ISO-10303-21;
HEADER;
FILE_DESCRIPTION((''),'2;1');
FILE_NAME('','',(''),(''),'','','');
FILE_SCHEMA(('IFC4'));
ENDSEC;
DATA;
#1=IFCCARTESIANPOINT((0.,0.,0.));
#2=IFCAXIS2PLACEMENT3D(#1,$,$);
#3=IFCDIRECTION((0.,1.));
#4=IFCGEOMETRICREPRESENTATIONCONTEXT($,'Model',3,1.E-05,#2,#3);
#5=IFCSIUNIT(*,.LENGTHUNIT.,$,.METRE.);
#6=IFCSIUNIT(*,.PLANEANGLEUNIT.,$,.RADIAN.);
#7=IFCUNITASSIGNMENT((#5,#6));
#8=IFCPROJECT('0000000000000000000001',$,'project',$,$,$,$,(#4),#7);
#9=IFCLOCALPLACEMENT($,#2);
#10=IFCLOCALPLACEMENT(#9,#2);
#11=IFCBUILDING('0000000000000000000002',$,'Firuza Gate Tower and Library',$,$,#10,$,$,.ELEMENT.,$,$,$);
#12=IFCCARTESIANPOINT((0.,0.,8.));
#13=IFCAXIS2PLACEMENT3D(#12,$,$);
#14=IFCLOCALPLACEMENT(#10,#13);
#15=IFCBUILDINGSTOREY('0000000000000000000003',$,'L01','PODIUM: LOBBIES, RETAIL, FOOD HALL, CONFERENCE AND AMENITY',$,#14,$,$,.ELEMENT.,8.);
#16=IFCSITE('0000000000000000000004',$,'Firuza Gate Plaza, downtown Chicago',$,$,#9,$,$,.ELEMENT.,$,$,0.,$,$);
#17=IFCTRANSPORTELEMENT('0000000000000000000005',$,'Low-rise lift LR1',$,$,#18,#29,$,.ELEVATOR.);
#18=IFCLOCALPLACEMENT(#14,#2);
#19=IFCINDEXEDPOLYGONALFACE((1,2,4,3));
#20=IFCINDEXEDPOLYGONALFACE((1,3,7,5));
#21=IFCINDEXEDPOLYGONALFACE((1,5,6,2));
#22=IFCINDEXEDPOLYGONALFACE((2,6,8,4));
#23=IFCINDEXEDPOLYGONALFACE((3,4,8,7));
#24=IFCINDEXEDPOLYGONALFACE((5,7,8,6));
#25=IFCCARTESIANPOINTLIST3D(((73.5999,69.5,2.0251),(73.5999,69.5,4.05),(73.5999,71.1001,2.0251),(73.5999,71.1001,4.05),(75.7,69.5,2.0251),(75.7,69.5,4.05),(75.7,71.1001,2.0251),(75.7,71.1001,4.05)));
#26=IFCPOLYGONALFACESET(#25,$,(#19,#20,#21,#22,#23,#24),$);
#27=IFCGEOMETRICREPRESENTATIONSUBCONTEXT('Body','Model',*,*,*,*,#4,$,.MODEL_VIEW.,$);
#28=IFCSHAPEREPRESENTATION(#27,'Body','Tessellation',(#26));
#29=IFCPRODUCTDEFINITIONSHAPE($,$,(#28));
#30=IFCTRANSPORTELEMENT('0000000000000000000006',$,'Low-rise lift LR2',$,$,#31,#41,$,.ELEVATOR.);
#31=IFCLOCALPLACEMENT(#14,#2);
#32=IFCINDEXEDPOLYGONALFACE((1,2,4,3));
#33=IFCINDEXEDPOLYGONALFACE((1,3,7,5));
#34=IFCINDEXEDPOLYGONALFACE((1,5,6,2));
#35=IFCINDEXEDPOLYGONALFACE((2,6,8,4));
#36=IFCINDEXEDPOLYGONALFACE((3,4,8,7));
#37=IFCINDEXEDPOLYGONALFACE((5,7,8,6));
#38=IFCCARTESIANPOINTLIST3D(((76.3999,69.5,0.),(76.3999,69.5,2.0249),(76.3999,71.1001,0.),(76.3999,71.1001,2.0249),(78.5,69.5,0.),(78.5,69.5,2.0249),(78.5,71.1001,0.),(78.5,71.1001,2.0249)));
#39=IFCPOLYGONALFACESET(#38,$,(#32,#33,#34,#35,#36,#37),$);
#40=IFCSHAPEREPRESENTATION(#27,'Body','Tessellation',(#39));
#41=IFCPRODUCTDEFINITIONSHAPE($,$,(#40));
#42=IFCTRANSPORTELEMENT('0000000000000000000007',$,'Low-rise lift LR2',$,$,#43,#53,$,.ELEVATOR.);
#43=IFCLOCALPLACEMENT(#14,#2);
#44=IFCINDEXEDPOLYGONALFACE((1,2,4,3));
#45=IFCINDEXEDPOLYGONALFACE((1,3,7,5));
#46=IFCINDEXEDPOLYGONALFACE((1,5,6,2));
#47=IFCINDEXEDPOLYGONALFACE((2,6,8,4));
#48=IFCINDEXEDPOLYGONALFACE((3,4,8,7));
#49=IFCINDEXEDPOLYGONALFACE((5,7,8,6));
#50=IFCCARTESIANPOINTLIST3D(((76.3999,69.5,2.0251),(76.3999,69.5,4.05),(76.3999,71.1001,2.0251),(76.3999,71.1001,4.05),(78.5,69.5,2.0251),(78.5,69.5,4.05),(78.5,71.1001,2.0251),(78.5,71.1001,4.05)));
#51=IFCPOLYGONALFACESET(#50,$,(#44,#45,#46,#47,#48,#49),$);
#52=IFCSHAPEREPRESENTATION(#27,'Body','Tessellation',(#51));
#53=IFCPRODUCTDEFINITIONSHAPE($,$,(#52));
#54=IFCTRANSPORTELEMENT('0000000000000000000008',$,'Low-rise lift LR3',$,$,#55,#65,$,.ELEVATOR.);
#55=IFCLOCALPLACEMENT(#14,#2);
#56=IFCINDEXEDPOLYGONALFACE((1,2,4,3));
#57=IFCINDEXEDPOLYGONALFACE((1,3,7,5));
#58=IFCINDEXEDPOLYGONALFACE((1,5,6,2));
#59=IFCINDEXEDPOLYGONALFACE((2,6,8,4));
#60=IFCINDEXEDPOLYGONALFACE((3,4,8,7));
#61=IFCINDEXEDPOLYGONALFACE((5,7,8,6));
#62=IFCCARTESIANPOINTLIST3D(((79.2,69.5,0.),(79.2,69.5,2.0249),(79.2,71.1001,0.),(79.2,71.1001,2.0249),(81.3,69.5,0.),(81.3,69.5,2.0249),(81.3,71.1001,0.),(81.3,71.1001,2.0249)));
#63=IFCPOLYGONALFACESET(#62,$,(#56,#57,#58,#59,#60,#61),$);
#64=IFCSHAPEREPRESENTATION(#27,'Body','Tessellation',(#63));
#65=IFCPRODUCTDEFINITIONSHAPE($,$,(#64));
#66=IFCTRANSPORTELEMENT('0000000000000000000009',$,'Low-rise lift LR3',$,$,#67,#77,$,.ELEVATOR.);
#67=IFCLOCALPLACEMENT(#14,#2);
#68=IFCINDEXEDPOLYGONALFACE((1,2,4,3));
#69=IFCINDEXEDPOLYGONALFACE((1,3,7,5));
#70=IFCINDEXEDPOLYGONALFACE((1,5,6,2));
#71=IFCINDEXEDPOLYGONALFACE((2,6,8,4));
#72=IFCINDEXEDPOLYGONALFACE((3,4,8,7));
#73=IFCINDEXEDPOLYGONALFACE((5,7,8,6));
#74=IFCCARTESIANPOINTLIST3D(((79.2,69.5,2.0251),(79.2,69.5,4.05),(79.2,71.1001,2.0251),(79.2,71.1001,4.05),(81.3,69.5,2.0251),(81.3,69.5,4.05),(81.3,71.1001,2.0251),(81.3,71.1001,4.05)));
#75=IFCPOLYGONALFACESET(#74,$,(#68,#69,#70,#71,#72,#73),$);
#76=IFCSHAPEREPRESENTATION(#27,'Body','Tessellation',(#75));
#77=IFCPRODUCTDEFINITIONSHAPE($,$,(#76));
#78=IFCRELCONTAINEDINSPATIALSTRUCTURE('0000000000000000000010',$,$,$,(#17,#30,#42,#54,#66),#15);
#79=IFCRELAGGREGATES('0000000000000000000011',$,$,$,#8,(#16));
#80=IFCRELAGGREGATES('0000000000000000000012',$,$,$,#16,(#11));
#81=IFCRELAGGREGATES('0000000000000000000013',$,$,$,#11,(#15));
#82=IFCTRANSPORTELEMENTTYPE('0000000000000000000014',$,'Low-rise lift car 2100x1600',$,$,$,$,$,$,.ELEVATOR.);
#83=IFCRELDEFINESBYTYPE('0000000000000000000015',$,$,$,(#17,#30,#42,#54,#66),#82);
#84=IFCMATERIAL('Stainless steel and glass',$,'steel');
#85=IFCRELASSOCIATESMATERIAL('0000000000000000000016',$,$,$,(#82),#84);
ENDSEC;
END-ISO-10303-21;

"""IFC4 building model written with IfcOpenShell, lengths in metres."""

from ifc_helpers import new_model, si_unit, direction, frame, origin, origin_2d, place, context, subcontext, project, spatial, rectangle, extrude, material, type_object, element, save


model = new_model("IFC4")

# Units and contexts
model_context = context("Model", 3, precision=1e-05, world=origin(), true_north=direction((0.0, 1.0)))
body_context = subcontext(model_context, "Body", "Model", "MODEL_VIEW")
ifc_project = project(units=[si_unit("LENGTHUNIT", "METRE"), si_unit("PLANEANGLEUNIT", "RADIAN")], contexts=[model_context])

# Site, building, storey
site_placement = place(None, origin())
site = spatial("IfcSite", under=ifc_project, at=site_placement, Name="Firuza Gate Plaza, downtown Chicago", CompositionType="ELEMENT", RefElevation=0.0)
building_placement = place(site_placement, origin())
building = spatial("IfcBuilding", under=site, at=building_placement, Name="Firuza Gate Tower and Library", CompositionType="ELEMENT")
storey_placement = place(building_placement, frame((0.0, 0.0, 8.0)))
storey = spatial("IfcBuildingStorey", under=building, at=storey_placement, Name="L01", Description="PODIUM: LOBBIES, RETAIL, FOOD HALL, CONFERENCE AND AMENITY", CompositionType="ELEMENT", Elevation=8.0)

# Transport elements
ifc_material_1 = material(Name="Stainless steel and glass", Category="steel")
transport_element_type = type_object("IfcTransportElementType", Name="Low-rise lift car 2100x1600", PredefinedType="ELEVATOR", material=ifc_material_1)
for number, where, z_axis, x_axis, name in (
    (1, (74.6499, 70.3, 2.0251), (0.0, 0.0, 1.0), (1.0, 0.0, 0.0), "Low-rise lift LR1"),
    (2, (77.45, 70.3, 0.0), (0.0, 0.0, 1.0), (1.0, 0.0, 0.0), "Low-rise lift LR2"),
    (3, (77.45, 70.3, 2.0251), (0.0, 0.0, 1.0), (1.0, 0.0, 0.0), "Low-rise lift LR2"),
    (4, (80.25, 70.3, 0.0), (0.0, 0.0, 1.0), (1.0, 0.0, 0.0), "Low-rise lift LR3"),
    (5, (80.25, 70.3, 2.0251), (0.0, 0.0, 1.0), (1.0, 0.0, 0.0), "Low-rise lift LR3"),
):
    element("IfcTransportElement", number, at=place(storey_placement, frame(where, z_axis=z_axis, x_axis=x_axis)), inside=storey, type_object=transport_element_type, Name=name, PredefinedType="ELEVATOR", context=body_context, shape_type="SweptSolid", body=[
        extrude(rectangle(XDim=2.1001, YDim=1.6001, at=origin_2d()), origin(), (0.0, 0.0, 1.0), 2.0249),
    ])

save(model, "model.ifc")
